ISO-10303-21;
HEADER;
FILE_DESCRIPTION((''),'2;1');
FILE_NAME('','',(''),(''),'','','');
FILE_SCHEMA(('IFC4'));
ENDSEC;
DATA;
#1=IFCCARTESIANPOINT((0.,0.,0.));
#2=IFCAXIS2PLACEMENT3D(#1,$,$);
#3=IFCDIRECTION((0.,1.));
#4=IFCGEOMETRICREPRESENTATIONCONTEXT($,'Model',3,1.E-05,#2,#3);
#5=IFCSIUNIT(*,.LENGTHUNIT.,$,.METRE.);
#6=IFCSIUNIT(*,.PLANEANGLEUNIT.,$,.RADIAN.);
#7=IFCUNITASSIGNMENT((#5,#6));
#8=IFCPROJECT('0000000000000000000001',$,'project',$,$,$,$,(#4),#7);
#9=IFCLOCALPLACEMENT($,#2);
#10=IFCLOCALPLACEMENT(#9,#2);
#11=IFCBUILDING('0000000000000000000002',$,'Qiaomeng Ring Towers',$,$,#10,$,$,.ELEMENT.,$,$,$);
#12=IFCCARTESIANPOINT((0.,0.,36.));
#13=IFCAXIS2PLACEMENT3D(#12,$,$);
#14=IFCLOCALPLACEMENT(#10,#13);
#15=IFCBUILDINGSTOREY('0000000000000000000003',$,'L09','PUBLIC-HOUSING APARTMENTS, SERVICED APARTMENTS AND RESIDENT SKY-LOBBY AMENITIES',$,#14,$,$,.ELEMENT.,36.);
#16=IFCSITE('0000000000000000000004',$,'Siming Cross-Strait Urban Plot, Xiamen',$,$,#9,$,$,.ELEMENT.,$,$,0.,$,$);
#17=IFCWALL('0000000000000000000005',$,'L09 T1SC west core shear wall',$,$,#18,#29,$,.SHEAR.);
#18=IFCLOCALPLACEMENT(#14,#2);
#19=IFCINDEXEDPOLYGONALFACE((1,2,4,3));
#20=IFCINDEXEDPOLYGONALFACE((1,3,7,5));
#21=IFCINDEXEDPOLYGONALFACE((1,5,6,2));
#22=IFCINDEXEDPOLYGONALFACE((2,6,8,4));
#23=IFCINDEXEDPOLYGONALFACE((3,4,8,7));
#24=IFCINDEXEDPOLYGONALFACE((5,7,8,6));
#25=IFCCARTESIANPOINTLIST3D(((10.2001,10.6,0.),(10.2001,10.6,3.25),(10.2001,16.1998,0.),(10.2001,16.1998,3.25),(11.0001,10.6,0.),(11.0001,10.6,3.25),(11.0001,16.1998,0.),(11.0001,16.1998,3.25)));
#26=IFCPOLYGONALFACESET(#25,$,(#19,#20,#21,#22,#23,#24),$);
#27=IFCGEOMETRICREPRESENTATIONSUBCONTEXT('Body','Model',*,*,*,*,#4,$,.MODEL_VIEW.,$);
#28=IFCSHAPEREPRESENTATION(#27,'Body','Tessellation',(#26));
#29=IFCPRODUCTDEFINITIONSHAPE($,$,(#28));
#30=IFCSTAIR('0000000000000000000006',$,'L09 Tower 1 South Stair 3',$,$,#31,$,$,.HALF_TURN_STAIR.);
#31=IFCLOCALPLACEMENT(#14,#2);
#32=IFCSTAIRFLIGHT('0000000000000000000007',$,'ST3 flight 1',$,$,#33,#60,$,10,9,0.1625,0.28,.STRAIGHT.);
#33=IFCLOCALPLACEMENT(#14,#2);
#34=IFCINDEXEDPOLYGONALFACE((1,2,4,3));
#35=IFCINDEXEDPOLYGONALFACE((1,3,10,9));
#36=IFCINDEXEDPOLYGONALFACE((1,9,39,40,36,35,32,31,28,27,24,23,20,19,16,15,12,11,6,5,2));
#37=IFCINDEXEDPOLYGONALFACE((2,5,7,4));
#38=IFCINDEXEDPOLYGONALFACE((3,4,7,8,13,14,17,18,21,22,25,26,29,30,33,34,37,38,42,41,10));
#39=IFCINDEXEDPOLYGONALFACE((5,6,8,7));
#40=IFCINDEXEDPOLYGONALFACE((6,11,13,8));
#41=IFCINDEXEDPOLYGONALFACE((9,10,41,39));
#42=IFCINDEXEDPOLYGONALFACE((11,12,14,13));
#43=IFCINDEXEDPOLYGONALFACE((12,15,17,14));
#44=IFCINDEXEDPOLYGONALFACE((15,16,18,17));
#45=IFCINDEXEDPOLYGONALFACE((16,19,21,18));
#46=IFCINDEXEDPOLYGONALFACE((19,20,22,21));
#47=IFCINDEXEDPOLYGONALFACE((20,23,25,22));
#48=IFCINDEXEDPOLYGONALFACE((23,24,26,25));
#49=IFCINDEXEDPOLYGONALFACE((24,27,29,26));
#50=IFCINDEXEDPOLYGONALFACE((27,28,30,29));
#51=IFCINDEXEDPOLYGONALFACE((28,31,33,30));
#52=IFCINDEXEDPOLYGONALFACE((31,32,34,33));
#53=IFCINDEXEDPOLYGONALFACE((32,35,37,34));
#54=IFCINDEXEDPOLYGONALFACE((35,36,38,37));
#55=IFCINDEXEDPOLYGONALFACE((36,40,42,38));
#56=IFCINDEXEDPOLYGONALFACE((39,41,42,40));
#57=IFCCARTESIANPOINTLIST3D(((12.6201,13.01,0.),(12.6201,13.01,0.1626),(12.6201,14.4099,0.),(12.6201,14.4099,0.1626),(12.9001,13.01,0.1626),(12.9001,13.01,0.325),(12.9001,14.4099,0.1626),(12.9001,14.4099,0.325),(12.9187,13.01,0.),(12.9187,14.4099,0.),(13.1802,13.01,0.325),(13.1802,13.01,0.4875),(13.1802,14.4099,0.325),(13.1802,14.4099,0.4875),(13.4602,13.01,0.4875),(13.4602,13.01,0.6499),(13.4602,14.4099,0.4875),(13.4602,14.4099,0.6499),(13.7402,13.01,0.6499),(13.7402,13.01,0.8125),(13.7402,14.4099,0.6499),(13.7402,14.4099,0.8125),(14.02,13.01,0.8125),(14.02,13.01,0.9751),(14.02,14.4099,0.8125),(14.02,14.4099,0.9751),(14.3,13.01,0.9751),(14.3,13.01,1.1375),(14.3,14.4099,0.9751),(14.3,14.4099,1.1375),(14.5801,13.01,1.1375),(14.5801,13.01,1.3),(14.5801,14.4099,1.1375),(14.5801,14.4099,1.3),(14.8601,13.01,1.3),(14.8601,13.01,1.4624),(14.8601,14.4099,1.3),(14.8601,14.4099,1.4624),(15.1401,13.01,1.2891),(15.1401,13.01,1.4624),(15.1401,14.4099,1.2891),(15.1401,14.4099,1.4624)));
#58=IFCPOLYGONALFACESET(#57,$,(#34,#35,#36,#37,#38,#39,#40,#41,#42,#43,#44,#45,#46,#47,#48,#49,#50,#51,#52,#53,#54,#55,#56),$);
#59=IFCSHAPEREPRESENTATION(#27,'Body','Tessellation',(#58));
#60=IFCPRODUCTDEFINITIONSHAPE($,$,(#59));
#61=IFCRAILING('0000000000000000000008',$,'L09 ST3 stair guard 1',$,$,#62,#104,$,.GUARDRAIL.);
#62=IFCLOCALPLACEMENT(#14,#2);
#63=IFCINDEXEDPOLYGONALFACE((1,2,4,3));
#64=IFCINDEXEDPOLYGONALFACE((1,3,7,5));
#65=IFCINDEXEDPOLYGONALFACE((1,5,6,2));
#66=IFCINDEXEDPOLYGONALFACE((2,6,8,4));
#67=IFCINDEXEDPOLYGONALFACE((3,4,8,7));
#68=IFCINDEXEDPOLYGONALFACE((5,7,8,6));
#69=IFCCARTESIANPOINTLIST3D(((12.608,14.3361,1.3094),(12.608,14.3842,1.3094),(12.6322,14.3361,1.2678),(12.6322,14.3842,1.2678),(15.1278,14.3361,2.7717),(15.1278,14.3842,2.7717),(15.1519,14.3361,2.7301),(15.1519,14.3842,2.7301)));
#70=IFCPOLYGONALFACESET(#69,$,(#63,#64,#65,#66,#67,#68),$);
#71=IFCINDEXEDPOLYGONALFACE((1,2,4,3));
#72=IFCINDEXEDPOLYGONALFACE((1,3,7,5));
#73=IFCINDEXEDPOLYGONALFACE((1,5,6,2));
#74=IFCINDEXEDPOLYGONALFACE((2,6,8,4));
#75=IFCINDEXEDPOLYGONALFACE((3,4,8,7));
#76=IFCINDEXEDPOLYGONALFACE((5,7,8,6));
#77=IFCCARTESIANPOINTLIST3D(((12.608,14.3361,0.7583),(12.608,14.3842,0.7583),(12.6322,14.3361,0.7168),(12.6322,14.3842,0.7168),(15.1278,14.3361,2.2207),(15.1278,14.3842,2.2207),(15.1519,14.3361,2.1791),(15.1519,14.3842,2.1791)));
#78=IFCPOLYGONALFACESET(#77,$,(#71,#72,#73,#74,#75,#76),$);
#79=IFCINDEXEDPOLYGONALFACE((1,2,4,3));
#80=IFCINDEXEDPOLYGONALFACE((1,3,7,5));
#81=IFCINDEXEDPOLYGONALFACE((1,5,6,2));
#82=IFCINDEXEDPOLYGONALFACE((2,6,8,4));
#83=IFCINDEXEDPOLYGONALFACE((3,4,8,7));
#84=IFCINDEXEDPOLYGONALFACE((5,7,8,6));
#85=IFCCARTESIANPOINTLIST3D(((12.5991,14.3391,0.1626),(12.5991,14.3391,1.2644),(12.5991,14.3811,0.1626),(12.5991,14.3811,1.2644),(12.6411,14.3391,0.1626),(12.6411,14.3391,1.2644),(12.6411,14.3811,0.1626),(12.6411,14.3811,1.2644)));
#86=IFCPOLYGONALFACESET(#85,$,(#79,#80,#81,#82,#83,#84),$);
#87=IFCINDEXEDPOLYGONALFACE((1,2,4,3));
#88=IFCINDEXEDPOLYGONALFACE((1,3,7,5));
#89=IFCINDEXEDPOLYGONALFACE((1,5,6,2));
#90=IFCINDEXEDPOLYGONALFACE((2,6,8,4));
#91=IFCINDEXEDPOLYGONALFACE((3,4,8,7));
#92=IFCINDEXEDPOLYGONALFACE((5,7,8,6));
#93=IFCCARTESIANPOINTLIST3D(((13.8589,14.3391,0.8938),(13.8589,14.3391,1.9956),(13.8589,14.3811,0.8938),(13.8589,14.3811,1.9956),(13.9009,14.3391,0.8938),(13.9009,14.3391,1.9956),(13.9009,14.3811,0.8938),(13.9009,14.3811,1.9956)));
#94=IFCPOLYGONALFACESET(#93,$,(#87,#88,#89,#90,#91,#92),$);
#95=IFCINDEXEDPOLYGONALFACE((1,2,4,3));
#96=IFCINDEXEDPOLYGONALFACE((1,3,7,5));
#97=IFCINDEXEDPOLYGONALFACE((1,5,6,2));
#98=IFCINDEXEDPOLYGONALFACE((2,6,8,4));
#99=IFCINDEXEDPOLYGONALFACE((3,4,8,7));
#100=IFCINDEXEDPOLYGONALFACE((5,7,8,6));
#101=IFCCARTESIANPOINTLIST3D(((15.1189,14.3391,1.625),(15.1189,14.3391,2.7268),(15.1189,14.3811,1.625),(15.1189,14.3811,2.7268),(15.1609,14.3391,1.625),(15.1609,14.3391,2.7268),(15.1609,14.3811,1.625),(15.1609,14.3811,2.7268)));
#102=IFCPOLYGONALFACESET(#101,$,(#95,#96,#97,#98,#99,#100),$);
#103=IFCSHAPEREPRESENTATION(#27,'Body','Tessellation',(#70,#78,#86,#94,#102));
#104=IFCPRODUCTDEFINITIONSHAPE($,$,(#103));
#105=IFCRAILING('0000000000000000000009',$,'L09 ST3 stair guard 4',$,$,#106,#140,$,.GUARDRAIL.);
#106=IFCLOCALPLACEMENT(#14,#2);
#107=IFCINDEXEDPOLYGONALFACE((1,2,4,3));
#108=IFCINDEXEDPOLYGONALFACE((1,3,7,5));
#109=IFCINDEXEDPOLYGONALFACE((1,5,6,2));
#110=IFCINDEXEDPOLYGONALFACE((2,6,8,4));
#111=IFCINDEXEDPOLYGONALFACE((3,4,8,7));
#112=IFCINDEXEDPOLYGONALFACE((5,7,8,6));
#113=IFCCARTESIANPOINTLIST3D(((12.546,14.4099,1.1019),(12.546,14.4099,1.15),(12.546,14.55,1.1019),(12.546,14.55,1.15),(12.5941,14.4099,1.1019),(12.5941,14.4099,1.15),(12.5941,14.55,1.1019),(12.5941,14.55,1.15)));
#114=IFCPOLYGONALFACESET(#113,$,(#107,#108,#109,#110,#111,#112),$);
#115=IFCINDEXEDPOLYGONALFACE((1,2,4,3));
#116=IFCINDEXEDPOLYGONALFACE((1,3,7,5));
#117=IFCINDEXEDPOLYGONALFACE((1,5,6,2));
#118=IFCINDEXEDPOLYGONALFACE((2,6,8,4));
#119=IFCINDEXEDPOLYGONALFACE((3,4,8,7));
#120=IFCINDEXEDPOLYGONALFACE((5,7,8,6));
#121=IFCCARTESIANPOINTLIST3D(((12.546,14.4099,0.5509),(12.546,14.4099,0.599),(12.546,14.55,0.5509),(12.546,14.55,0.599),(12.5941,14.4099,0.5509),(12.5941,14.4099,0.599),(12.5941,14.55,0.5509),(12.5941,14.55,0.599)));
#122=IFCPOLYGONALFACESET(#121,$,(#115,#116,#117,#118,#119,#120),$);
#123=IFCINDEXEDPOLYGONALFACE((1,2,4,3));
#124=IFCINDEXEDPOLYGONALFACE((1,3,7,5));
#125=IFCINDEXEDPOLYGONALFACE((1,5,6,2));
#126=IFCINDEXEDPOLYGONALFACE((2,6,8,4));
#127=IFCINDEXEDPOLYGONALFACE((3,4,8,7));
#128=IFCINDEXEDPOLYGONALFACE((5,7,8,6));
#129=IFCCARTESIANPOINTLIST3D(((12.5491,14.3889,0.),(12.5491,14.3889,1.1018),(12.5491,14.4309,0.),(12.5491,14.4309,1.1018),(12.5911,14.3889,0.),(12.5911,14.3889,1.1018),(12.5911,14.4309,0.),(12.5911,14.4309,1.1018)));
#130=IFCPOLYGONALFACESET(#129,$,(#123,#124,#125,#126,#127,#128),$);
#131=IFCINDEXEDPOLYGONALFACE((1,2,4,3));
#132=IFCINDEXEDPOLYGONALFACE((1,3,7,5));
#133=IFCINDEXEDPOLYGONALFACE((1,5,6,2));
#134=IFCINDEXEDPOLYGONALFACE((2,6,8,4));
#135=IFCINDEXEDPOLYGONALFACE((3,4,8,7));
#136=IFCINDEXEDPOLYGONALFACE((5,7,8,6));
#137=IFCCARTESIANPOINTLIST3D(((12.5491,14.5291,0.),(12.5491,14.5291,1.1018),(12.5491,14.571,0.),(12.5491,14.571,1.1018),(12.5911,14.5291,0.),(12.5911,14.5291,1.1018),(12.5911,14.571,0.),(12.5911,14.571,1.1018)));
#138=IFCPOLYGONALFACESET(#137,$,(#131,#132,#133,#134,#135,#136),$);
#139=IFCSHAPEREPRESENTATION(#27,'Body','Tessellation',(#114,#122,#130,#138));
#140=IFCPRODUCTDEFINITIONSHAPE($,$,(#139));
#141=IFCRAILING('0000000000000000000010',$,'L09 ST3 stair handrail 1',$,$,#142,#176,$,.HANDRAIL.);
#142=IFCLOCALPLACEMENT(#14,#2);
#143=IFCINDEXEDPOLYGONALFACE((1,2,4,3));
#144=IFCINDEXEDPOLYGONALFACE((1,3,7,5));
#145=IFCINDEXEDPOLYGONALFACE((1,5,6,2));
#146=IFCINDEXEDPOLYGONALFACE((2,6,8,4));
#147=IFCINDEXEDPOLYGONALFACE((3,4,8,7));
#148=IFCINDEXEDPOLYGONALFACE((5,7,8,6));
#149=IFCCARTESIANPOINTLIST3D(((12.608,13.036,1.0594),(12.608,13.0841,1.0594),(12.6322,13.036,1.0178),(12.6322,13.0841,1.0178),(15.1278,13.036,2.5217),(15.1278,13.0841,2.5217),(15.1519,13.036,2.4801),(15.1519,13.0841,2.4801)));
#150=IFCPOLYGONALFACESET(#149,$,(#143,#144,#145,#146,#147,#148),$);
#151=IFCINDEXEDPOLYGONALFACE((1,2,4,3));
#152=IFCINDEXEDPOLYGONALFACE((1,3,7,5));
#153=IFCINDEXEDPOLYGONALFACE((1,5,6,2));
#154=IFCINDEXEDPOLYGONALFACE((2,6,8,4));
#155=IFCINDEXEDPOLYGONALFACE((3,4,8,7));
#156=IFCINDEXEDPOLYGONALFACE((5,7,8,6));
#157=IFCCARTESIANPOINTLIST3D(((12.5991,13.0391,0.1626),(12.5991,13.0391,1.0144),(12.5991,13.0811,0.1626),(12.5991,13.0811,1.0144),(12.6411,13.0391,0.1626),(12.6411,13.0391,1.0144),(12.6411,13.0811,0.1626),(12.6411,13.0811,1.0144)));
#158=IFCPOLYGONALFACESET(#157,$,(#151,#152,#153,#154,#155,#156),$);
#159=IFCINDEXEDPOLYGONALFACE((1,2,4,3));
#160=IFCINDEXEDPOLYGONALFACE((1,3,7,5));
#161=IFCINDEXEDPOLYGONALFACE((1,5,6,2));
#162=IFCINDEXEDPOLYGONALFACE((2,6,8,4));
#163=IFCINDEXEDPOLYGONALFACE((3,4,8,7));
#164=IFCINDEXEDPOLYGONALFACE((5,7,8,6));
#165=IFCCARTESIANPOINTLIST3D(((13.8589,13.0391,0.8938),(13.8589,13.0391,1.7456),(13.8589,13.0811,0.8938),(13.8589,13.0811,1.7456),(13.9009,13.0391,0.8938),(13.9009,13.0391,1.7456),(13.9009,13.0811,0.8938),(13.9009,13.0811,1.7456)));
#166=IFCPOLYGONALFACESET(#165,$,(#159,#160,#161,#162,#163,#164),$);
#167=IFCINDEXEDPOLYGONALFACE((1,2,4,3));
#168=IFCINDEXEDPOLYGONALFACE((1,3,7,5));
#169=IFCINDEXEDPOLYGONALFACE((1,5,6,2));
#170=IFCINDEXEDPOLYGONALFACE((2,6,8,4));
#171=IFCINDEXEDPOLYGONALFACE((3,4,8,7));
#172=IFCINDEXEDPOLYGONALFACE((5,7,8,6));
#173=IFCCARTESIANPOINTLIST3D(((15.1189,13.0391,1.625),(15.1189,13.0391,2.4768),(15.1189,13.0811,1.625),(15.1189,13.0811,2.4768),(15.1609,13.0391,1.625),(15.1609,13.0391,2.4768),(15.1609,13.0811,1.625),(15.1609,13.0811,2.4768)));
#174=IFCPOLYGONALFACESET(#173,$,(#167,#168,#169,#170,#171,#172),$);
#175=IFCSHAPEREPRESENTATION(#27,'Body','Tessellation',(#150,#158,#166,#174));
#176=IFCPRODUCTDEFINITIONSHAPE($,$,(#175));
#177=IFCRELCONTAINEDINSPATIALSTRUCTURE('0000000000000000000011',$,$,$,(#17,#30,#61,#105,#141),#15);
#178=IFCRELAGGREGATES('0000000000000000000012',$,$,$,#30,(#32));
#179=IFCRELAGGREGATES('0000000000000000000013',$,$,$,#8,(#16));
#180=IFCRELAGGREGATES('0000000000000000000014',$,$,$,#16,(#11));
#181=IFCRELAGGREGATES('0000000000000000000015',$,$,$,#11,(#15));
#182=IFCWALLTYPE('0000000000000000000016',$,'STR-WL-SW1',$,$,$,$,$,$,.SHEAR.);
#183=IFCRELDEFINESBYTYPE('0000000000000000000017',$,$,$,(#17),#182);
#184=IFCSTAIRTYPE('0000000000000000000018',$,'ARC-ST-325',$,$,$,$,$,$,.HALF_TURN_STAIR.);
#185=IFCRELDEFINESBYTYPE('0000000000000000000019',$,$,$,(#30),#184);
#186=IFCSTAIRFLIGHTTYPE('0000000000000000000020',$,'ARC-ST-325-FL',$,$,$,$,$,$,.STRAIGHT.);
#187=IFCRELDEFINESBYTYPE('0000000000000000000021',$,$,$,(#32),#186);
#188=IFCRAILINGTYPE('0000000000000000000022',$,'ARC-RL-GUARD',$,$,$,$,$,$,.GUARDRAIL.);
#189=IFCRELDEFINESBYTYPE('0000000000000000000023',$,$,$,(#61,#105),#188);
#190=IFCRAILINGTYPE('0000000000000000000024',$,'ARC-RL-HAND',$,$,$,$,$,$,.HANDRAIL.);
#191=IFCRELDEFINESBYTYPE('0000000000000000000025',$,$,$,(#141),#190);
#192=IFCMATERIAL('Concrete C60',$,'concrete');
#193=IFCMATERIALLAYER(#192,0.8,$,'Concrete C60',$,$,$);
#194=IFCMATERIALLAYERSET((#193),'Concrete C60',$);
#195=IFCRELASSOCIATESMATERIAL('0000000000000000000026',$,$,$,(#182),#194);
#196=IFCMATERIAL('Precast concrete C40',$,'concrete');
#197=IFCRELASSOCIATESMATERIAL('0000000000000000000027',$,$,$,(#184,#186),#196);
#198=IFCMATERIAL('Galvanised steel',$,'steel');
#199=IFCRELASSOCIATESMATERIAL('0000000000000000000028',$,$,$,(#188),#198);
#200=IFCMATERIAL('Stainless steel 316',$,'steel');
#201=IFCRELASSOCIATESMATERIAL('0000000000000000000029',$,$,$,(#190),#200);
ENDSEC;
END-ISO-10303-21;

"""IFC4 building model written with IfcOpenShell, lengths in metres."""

from ifc_helpers import new_model, si_unit, direction, frame, frame_2d, origin, origin_2d, place, context, subcontext, project, spatial, polyline, rectangle, outline, extrude, source, transform, mapped, material, layer, layer_set, type_object, element, aggregate, save


model = new_model("IFC4")

# Units and contexts
model_context = context("Model", 3, precision=1e-05, world=origin(), true_north=direction((0.0, 1.0)))
body_context = subcontext(model_context, "Body", "Model", "MODEL_VIEW")
ifc_project = project(units=[si_unit("LENGTHUNIT", "METRE"), si_unit("PLANEANGLEUNIT", "RADIAN")], contexts=[model_context])

# Site, building, storey
site_placement = place(None, origin())
site = spatial("IfcSite", under=ifc_project, at=site_placement, Name="Siming Cross-Strait Urban Plot, Xiamen", CompositionType="ELEMENT", RefElevation=0.0)
building_placement = place(site_placement, origin())
building = spatial("IfcBuilding", under=site, at=building_placement, Name="Qiaomeng Ring Towers", CompositionType="ELEMENT")
storey_placement = place(building_placement, frame((0.0, 0.0, 36.0)))
storey = spatial("IfcBuildingStorey", under=building, at=storey_placement, Name="L09", Description="PUBLIC-HOUSING APARTMENTS, SERVICED APARTMENTS AND RESIDENT SKY-LOBBY AMENITIES", CompositionType="ELEMENT", Elevation=36.0)

# Shared definitions
ifc_material_1 = material(Name="Galvanised steel", Category="steel")

# Shared definitions
ifc_material_2 = material(Name="Concrete C60", Category="concrete")
ifc_layer_1 = layer(ifc_material_2, 0.8, Name="Concrete C60")
ifc_layer_set_1 = layer_set([ifc_layer_1], Name="Concrete C60")
wall_type_1 = type_object("IfcWallType", Name="STR-WL-SW1", PredefinedType="SHEAR", material=ifc_layer_set_1)
ifc_material_3 = material(Name="Stainless steel 316", Category="steel")

# Wall
wall_1_placement = place(storey_placement, frame((10.6001, 10.6001, 0.0), z_axis=(0.0, 0.0, 1.0), x_axis=(0.0, 1.0, 0.0)))
element("IfcWall", 1, at=wall_1_placement, inside=storey, type_object=wall_type_1, Name="L09 T1SC west core shear wall", PredefinedType="SHEAR", context=body_context, shape_type="SweptSolid", body=[
    extrude(rectangle(XDim=5.5999, YDim=0.8, at=frame_2d((2.7998, 0.0))), origin(), (0.0, 0.0, 1.0), 3.25),
])

# Stair, stair flight
ifc_material_4 = material(Name="Precast concrete C40", Category="concrete")
stair_type = type_object("IfcStairType", Name="ARC-ST-325", PredefinedType="HALF_TURN_STAIR", material=ifc_material_4)
stair_placement = place(storey_placement, origin())
stair = element("IfcStair", 2, at=stair_placement, inside=storey, type_object=stair_type, Name="L09 Tower 1 South Stair 3", PredefinedType="HALF_TURN_STAIR")
stair_flight_type = type_object("IfcStairFlightType", Name="ARC-ST-325-FL", PredefinedType="STRAIGHT", material=ifc_material_4)
shared_shape_1 = source(origin(), body_context, "Body", "SweptSolid", [
    extrude(outline(polyline([(0.0, 0.0), (0.0, 0.1626), (0.28, 0.1626), (0.28, 0.325), (0.5601, 0.325), (0.5601, 0.4875), (0.8401, 0.4875), (0.8401, 0.6499), (1.1201, 0.6499), (1.1201, 0.8125), (1.3999, 0.8125), (1.3999, 0.9751), (1.6799, 0.9751), (1.6799, 1.1375), (1.96, 1.1375), (1.96, 1.3), (2.24, 1.3), (2.24, 1.4624), (2.52, 1.4624), (2.52, 1.625), (2.52, 1.2891), (0.2986, 0.0), (0.0, 0.0)])), frame((0.0, 0.7, 0.0), z_axis=(0.0, -1.0, 0.0), x_axis=(1.0, 0.0, 0.0)), (0.0, 0.0, 1.0), 1.3999),
])
stair_flight_placement = place(storey_placement, frame((12.6201, 13.71, 0.0), z_axis=(0.0, 0.0, 1.0), x_axis=(1.0, 0.0, 0.0)))
stair_flight = element("IfcStairFlight", 3, at=stair_flight_placement, type_object=stair_flight_type, Name="ST3 flight 1", NumberOfRisers=10, NumberOfTreads=9, PredefinedType="STRAIGHT", RiserHeight=0.1625, TreadLength=0.28, context=body_context, shape_type="MappedRepresentation", body=[
    mapped(shared_shape_1, transform((0.0, 0.0, 0.0), x_axis=(1.0, 0.0, 0.0), y_axis=(0.0, 1.0, 0.0), z_axis=(0.0, 0.0, 1.0), scale=1.0)),
])
aggregate(stair, [stair_flight])

# Railings
railing_type_1 = type_object("IfcRailingType", Name="ARC-RL-GUARD", PredefinedType="GUARDRAIL", material=ifc_material_1)
railing_1_placement = place(storey_placement, frame((12.6201, 14.3601, 0.1626)))
element("IfcRailing", 4, at=railing_1_placement, inside=storey, type_object=railing_type_1, Name="L09 ST3 stair guard 1", PredefinedType="GUARDRAIL", context=body_context, shape_type="SweptSolid", body=[
    extrude(rectangle(XDim=0.0481, YDim=0.0481, at=origin_2d()), frame((0.0, 0.0, 1.126), z_axis=(0.864892, 0.0, 0.501958), x_axis=(0.0, 1.0, 0.0)), (0.0, 0.0, 1.0), 2.9133),
    extrude(rectangle(XDim=0.0481, YDim=0.0481, at=origin_2d()), frame((0.0, 0.0, 0.575), z_axis=(0.864892, 0.0, 0.501958), x_axis=(0.0, 1.0, 0.0)), (0.0, 0.0, 1.0), 2.9133),
    extrude(rectangle(XDim=0.042, YDim=0.042, at=origin_2d()), origin(), (0.0, 0.0, 1.0), 1.1018),
    extrude(rectangle(XDim=0.042, YDim=0.042, at=origin_2d()), frame((1.2598, 0.0, 0.7312)), (0.0, 0.0, 1.0), 1.1018),
    extrude(rectangle(XDim=0.042, YDim=0.042, at=origin_2d()), frame((2.5198, 0.0, 1.4624)), (0.0, 0.0, 1.0), 1.1018),
])
railing_2_placement = place(storey_placement, frame((12.5701, 14.4099, 0.0)))
element("IfcRailing", 5, at=railing_2_placement, inside=storey, type_object=railing_type_1, Name="L09 ST3 stair guard 4", PredefinedType="GUARDRAIL", context=body_context, shape_type="SweptSolid", body=[
    extrude(rectangle(XDim=0.0481, YDim=0.0481, at=origin_2d()), frame((0.0, 0.0, 1.126), z_axis=(0.0, 1.0, 0.0), x_axis=(-1.0, 0.0, 0.0)), (0.0, 0.0, 1.0), 0.1401),
    extrude(rectangle(XDim=0.0481, YDim=0.0481, at=origin_2d()), frame((0.0, 0.0, 0.575), z_axis=(0.0, 1.0, 0.0), x_axis=(-1.0, 0.0, 0.0)), (0.0, 0.0, 1.0), 0.1401),
    extrude(rectangle(XDim=0.042, YDim=0.042, at=origin_2d()), origin(), (0.0, 0.0, 1.0), 1.1018),
    extrude(rectangle(XDim=0.042, YDim=0.042, at=origin_2d()), frame((0.0, 0.1401, 0.0)), (0.0, 0.0, 1.0), 1.1018),
])
railing_type_2 = type_object("IfcRailingType", Name="ARC-RL-HAND", PredefinedType="HANDRAIL", material=ifc_material_3)
railing_3_placement = place(storey_placement, frame((12.6201, 13.0601, 0.1626)))
element("IfcRailing", 6, at=railing_3_placement, inside=storey, type_object=railing_type_2, Name="L09 ST3 stair handrail 1", PredefinedType="HANDRAIL", context=body_context, shape_type="SweptSolid", body=[
    extrude(rectangle(XDim=0.0481, YDim=0.0481, at=origin_2d()), frame((0.0, 0.0, 0.876), z_axis=(0.864892, 0.0, 0.501958), x_axis=(0.0, 1.0, 0.0)), (0.0, 0.0, 1.0), 2.9133),
    extrude(rectangle(XDim=0.042, YDim=0.042, at=origin_2d()), origin(), (0.0, 0.0, 1.0), 0.8518),
    extrude(rectangle(XDim=0.042, YDim=0.042, at=origin_2d()), frame((1.2598, 0.0, 0.7312)), (0.0, 0.0, 1.0), 0.8518),
    extrude(rectangle(XDim=0.042, YDim=0.042, at=origin_2d()), frame((2.5198, 0.0, 1.4624)), (0.0, 0.0, 1.0), 0.8518),
])

save(model, "model.ifc")
